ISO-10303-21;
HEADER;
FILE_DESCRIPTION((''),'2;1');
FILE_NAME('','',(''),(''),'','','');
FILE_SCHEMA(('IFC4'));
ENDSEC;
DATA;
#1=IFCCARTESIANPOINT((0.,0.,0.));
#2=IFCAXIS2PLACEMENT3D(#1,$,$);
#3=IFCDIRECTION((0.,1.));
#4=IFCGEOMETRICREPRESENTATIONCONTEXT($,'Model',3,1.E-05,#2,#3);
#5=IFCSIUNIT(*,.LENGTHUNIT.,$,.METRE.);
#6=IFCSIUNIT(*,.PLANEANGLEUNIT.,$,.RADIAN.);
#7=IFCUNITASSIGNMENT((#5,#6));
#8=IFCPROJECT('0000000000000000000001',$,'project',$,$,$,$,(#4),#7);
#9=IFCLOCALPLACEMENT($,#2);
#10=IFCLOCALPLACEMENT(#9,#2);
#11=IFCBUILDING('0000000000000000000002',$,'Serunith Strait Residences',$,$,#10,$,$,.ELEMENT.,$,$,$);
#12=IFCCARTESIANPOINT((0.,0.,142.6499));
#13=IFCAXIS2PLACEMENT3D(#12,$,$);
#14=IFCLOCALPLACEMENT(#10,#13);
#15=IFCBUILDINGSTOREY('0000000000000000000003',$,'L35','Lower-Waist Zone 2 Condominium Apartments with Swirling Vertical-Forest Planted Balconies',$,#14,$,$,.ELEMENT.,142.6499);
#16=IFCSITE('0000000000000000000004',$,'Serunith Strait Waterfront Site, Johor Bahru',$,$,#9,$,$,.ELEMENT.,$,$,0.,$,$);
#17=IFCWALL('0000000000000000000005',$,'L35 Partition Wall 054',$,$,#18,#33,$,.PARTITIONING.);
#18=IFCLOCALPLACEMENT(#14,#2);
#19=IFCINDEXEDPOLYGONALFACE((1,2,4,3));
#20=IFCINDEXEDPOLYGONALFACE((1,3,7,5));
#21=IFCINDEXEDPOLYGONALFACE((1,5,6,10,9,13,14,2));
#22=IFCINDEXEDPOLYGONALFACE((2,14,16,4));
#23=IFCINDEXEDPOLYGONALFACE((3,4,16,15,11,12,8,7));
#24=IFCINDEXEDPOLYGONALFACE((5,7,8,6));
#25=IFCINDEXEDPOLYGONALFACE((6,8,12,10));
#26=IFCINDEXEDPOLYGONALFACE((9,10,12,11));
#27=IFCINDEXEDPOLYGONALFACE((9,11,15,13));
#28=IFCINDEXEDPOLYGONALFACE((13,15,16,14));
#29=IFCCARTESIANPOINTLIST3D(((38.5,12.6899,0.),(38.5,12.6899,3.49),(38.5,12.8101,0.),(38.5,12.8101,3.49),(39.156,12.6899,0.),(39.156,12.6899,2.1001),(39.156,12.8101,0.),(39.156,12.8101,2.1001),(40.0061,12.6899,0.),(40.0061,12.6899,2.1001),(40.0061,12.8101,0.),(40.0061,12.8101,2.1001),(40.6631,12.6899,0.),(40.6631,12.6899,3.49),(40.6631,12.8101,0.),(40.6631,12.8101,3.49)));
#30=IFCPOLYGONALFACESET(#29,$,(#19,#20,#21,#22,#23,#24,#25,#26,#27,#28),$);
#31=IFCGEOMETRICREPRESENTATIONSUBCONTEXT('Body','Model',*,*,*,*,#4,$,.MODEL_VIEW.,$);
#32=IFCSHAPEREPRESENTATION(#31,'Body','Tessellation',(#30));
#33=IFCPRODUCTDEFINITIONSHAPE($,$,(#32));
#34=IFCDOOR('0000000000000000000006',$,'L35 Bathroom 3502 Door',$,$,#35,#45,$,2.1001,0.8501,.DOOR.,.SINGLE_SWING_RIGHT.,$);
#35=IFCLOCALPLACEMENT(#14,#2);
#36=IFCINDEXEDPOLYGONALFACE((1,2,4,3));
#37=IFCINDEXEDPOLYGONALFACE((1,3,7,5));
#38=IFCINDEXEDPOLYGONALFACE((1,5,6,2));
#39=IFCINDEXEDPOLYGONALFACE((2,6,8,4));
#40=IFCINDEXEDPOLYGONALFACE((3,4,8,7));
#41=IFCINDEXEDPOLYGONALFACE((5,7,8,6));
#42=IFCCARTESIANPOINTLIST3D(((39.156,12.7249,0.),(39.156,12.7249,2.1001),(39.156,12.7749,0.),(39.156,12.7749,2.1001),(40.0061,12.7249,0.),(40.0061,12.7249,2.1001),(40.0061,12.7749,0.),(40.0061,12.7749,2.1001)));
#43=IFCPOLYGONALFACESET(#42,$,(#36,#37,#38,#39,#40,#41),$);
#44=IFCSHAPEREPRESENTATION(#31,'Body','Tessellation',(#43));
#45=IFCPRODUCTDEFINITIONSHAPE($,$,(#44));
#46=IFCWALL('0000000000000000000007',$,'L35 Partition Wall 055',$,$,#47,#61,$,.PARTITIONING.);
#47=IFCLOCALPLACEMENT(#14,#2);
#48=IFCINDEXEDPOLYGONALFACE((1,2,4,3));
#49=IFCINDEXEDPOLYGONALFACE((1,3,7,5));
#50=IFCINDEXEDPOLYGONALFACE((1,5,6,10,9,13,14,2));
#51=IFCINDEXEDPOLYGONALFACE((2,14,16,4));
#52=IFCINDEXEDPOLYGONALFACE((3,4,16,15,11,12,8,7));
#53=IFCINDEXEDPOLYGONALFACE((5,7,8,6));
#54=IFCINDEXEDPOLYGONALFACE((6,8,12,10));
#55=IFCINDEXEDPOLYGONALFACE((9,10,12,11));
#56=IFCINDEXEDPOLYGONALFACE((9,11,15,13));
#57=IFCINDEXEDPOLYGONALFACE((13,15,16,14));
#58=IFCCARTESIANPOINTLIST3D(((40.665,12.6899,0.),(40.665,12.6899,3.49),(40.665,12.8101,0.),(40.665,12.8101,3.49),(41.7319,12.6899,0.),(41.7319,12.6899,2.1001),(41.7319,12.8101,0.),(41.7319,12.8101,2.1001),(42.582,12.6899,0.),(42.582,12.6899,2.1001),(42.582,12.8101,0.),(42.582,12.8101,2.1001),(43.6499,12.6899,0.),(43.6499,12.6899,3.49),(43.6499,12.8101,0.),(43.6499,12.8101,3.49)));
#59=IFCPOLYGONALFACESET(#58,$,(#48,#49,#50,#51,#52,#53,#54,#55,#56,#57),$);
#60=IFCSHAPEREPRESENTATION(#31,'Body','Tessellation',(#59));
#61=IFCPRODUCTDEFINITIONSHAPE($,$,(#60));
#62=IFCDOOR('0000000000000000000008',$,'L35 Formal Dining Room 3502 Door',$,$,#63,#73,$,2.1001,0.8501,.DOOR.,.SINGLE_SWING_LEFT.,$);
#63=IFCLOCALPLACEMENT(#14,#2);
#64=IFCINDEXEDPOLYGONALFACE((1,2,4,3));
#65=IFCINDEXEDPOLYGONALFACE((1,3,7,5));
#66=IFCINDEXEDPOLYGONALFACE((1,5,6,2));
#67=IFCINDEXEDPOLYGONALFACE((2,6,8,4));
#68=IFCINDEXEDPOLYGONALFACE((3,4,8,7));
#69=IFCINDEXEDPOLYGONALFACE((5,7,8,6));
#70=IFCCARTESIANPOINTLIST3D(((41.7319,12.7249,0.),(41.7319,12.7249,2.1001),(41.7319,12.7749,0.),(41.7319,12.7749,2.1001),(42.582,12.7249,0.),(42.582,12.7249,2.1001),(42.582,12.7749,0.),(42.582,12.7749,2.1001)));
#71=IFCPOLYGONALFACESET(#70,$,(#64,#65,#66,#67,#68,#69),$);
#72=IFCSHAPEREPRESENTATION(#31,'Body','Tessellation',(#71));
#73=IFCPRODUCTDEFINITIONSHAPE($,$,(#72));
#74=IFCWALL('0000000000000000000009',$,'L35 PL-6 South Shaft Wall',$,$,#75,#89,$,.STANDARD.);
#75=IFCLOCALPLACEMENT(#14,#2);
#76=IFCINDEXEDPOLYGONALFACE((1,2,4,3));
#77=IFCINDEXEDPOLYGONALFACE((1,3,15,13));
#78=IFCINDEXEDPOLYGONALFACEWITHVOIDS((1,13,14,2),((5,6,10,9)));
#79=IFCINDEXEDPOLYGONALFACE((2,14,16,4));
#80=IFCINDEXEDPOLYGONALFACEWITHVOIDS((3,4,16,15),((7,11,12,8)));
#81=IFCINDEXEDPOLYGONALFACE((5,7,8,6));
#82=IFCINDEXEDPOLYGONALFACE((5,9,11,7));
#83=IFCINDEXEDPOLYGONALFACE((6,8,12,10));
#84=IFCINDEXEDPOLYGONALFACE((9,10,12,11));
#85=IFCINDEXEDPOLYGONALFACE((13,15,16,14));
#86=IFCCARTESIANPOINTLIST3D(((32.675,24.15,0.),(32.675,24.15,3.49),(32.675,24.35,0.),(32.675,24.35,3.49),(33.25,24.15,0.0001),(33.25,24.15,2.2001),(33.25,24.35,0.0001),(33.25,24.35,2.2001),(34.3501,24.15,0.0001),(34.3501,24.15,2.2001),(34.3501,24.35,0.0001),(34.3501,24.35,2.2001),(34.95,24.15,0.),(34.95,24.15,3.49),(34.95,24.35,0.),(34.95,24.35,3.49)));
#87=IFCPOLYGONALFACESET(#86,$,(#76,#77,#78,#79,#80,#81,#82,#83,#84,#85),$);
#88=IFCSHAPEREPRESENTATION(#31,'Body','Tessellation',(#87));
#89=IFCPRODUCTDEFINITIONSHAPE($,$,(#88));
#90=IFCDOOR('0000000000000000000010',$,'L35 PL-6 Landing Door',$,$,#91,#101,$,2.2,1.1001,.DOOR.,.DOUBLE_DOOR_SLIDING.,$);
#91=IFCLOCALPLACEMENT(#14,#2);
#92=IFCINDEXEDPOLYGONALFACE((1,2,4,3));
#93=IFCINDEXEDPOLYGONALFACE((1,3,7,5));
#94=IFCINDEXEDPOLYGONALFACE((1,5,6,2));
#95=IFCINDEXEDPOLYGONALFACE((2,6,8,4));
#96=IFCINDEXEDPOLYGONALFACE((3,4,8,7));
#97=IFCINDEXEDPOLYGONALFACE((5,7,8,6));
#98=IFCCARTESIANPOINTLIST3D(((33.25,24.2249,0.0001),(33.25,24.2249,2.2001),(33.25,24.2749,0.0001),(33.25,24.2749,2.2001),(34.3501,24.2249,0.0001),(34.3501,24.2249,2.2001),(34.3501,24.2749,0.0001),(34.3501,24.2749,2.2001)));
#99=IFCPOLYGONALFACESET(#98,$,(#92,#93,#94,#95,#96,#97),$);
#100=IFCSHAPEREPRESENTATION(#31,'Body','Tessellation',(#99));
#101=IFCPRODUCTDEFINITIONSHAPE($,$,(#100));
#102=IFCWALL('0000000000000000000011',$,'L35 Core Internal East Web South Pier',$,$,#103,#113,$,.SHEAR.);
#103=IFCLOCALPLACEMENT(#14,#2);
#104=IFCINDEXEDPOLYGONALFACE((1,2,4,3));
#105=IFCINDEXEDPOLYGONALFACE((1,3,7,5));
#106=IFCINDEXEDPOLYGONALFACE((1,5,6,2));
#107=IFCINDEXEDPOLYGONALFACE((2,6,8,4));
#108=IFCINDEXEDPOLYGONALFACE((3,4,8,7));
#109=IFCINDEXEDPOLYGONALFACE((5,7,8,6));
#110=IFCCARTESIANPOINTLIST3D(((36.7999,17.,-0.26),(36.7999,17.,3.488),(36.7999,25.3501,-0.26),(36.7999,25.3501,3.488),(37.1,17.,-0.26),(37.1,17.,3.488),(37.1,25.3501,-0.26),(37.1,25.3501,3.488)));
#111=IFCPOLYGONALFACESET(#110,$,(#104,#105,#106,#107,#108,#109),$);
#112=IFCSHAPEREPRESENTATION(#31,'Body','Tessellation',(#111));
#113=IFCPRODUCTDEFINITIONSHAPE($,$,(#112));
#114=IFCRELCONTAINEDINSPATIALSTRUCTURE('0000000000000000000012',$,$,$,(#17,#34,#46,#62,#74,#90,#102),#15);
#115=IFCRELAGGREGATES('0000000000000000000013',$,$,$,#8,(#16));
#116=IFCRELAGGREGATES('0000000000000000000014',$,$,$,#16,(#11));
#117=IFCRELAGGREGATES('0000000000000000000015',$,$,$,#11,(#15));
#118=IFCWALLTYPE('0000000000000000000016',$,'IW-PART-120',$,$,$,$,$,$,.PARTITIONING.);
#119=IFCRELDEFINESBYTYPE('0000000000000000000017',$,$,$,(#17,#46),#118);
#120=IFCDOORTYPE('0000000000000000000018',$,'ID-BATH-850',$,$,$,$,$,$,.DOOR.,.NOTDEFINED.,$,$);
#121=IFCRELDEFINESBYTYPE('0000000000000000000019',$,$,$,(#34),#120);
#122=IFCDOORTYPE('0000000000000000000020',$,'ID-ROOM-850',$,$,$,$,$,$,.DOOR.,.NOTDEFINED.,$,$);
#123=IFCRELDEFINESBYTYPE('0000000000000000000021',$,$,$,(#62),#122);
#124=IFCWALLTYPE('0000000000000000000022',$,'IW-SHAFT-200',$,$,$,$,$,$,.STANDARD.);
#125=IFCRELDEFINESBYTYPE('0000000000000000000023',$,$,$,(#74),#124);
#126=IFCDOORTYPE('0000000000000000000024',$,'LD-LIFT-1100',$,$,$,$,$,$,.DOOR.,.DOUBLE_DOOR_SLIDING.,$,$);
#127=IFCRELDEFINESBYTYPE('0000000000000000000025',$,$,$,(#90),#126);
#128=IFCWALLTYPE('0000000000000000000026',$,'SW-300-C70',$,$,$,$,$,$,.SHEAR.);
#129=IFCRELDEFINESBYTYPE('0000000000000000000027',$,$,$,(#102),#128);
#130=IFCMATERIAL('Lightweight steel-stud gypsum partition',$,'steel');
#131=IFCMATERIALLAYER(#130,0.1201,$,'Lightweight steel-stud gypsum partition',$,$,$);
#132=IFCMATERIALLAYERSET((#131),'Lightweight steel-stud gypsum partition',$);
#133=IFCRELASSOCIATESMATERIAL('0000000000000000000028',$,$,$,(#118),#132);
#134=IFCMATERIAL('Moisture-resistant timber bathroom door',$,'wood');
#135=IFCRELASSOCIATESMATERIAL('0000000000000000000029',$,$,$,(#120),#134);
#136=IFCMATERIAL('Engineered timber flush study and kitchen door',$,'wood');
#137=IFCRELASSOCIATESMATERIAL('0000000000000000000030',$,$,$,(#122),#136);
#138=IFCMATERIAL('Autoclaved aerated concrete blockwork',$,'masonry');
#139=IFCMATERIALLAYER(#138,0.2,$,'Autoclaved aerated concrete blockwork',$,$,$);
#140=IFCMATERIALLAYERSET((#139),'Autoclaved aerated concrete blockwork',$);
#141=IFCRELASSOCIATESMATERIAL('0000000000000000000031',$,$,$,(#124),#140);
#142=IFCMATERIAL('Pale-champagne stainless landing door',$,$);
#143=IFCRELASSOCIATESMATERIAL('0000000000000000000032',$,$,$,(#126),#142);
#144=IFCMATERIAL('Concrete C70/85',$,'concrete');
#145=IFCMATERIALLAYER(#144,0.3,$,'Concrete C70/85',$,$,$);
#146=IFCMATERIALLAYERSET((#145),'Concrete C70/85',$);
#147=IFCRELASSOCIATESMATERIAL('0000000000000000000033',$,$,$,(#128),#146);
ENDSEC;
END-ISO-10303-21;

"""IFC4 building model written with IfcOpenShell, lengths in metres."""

from ifc_helpers import new_model, si_unit, direction, frame, frame_2d, origin, place, context, subcontext, project, spatial, rectangle, extrude, source, transform, mapped, material, layer, layer_set, type_object, element, fill, save


model = new_model("IFC4")

# Units and contexts
model_context = context("Model", 3, precision=1e-05, world=origin(), true_north=direction((0.0, 1.0)))
body_context = subcontext(model_context, "Body", "Model", "MODEL_VIEW")
ifc_project = project(units=[si_unit("LENGTHUNIT", "METRE"), si_unit("PLANEANGLEUNIT", "RADIAN")], contexts=[model_context])

# Site, building, storey
site_placement = place(None, origin())
site = spatial("IfcSite", under=ifc_project, at=site_placement, Name="Serunith Strait Waterfront Site, Johor Bahru", CompositionType="ELEMENT", RefElevation=0.0)
building_placement = place(site_placement, origin())
building = spatial("IfcBuilding", under=site, at=building_placement, Name="Serunith Strait Residences", CompositionType="ELEMENT")
storey_placement = place(building_placement, frame((0.0, 0.0, 142.6499)))
storey = spatial("IfcBuildingStorey", under=building, at=storey_placement, Name="L35", Description="Lower-Waist Zone 2 Condominium Apartments with Swirling Vertical-Forest Planted Balconies", CompositionType="ELEMENT", Elevation=142.6499)

# Walls, openings, doors
ifc_material_1 = material(Name="Lightweight steel-stud gypsum partition", Category="steel")
ifc_layer_1 = layer(ifc_material_1, 0.1201, Name="Lightweight steel-stud gypsum partition")
ifc_layer_set_1 = layer_set([ifc_layer_1], Name="Lightweight steel-stud gypsum partition")
wall_type_1 = type_object("IfcWallType", Name="IW-PART-120", PredefinedType="PARTITIONING", material=ifc_layer_set_1)
wall_1_placement = place(storey_placement, frame((38.5, 12.75, 0.0), z_axis=(0.0, 0.0, 1.0), x_axis=(1.0, 0.0, 0.0)))
wall_1 = element("IfcWall", 1, at=wall_1_placement, inside=storey, type_object=wall_type_1, Name="L35 Partition Wall 054", PredefinedType="PARTITIONING", context=body_context, shape_type="SweptSolid", body=[
    extrude(rectangle(XDim=2.1631, YDim=0.1201, at=frame_2d((1.0815, 0.0))), origin(), (0.0, 0.0, 1.0), 3.49),
])
opening_1_placement = place(wall_1_placement, frame((0.656, 0.0, 0.0)))
opening_1 = element("IfcOpeningElement", 2, at=opening_1_placement, cuts=wall_1, PredefinedType="OPENING", context=body_context, shape_type="SweptSolid", body=[
    extrude(rectangle(XDim=0.8501, YDim=2.1001, at=frame_2d((0.425, 1.05))), frame((0.0, 0.0701, 0.0), z_axis=(0.0, -1.0, 0.0), x_axis=(1.0, 0.0, 0.0)), (0.0, 0.0, 1.0), 0.1401),
])
ifc_material_2 = material(Name="Moisture-resistant timber bathroom door", Category="wood")
door_type_1 = type_object("IfcDoorType", Name="ID-BATH-850", OperationType="NOTDEFINED", PredefinedType="DOOR", material=ifc_material_2)
shared_shape_1 = source(origin(), body_context, "Body", "SweptSolid", [
    extrude(rectangle(XDim=0.8501, YDim=2.1001, at=frame_2d((0.425, 1.05))), frame((0.0, 0.0249, 0.0), z_axis=(0.0, -1.0, 0.0), x_axis=(1.0, 0.0, 0.0)), (0.0, 0.0, 1.0), 0.05),
])
door_1_placement = place(opening_1_placement, origin())
door_1 = element("IfcDoor", 3, at=door_1_placement, inside=storey, type_object=door_type_1, Name="L35 Bathroom 3502 Door", OperationType="SINGLE_SWING_RIGHT", OverallHeight=2.1001, OverallWidth=0.8501, PredefinedType="DOOR", context=body_context, shape_type="MappedRepresentation", body=[
    mapped(shared_shape_1, transform((0.0, 0.0, 0.0), scale=1.0)),
])
fill(opening_1, door_1)
wall_2_placement = place(storey_placement, frame((40.665, 12.75, 0.0), z_axis=(0.0, 0.0, 1.0), x_axis=(1.0, 0.0, 0.0)))
wall_2 = element("IfcWall", 4, at=wall_2_placement, inside=storey, type_object=wall_type_1, Name="L35 Partition Wall 055", PredefinedType="PARTITIONING", context=body_context, shape_type="SweptSolid", body=[
    extrude(rectangle(XDim=2.9849, YDim=0.1201, at=frame_2d((1.4924, 0.0))), origin(), (0.0, 0.0, 1.0), 3.49),
])
opening_2_placement = place(wall_2_placement, frame((1.0669, 0.0, 0.0)))
opening_2 = element("IfcOpeningElement", 5, at=opening_2_placement, cuts=wall_2, PredefinedType="OPENING", context=body_context, shape_type="SweptSolid", body=[
    extrude(rectangle(XDim=0.8501, YDim=2.1001, at=frame_2d((0.425, 1.05))), frame((0.0, 0.0701, 0.0), z_axis=(0.0, -1.0, 0.0), x_axis=(1.0, 0.0, 0.0)), (0.0, 0.0, 1.0), 0.1401),
])
ifc_material_3 = material(Name="Engineered timber flush study and kitchen door", Category="wood")
door_type_2 = type_object("IfcDoorType", Name="ID-ROOM-850", OperationType="NOTDEFINED", PredefinedType="DOOR", material=ifc_material_3)
door_2_placement = place(opening_2_placement, origin())
door_2 = element("IfcDoor", 6, at=door_2_placement, inside=storey, type_object=door_type_2, Name="L35 Formal Dining Room 3502 Door", OperationType="SINGLE_SWING_LEFT", OverallHeight=2.1001, OverallWidth=0.8501, PredefinedType="DOOR", context=body_context, shape_type="MappedRepresentation", body=[
    mapped(shared_shape_1, transform((0.0, 0.0, 0.0), scale=1.0)),
])
fill(opening_2, door_2)
ifc_material_4 = material(Name="Autoclaved aerated concrete blockwork", Category="masonry")
ifc_layer_2 = layer(ifc_material_4, 0.2, Name="Autoclaved aerated concrete blockwork")
ifc_layer_set_2 = layer_set([ifc_layer_2], Name="Autoclaved aerated concrete blockwork")
wall_type_2 = type_object("IfcWallType", Name="IW-SHAFT-200", PredefinedType="STANDARD", material=ifc_layer_set_2)
wall_3_placement = place(storey_placement, frame((32.675, 24.25, 0.0), z_axis=(0.0, 0.0, 1.0), x_axis=(1.0, 0.0, 0.0)))
wall_3 = element("IfcWall", 7, at=wall_3_placement, inside=storey, type_object=wall_type_2, Name="L35 PL-6 South Shaft Wall", PredefinedType="STANDARD", context=body_context, shape_type="SweptSolid", body=[
    extrude(rectangle(XDim=2.2749, YDim=0.2, at=frame_2d((1.1375, 0.0))), origin(), (0.0, 0.0, 1.0), 3.49),
])
opening_3_placement = place(wall_3_placement, frame((0.575, 0.0, 0.0)))
opening_3 = element("IfcOpeningElement", 8, at=opening_3_placement, cuts=wall_3, PredefinedType="OPENING", context=body_context, shape_type="SweptSolid", body=[
    extrude(rectangle(XDim=1.1001, YDim=2.2, at=frame_2d((0.55, 1.1001))), frame((0.0, 0.1099, 0.0), z_axis=(0.0, -1.0, 0.0), x_axis=(1.0, 0.0, 0.0)), (0.0, 0.0, 1.0), 0.22),
])
ifc_material_5 = material(Name="Pale-champagne stainless landing door")
door_type_3 = type_object("IfcDoorType", Name="LD-LIFT-1100", OperationType="DOUBLE_DOOR_SLIDING", PredefinedType="DOOR", material=ifc_material_5)
shared_shape_2 = source(origin(), body_context, "Body", "SweptSolid", [
    extrude(rectangle(XDim=1.1001, YDim=2.2, at=frame_2d((0.55, 1.1001))), frame((0.0, 0.0249, 0.0), z_axis=(0.0, -1.0, 0.0), x_axis=(1.0, 0.0, 0.0)), (0.0, 0.0, 1.0), 0.05),
])
door_3_placement = place(opening_3_placement, origin())
door_3 = element("IfcDoor", 9, at=door_3_placement, inside=storey, type_object=door_type_3, Name="L35 PL-6 Landing Door", OperationType="DOUBLE_DOOR_SLIDING", OverallHeight=2.2, OverallWidth=1.1001, PredefinedType="DOOR", context=body_context, shape_type="MappedRepresentation", body=[
    mapped(shared_shape_2, transform((0.0, 0.0, 0.0), scale=1.0)),
])
fill(opening_3, door_3)

# Wall
ifc_material_6 = material(Name="Concrete C70/85", Category="concrete")
ifc_layer_3 = layer(ifc_material_6, 0.3, Name="Concrete C70/85")
ifc_layer_set_3 = layer_set([ifc_layer_3], Name="Concrete C70/85")
wall_type_3 = type_object("IfcWallType", Name="SW-300-C70", PredefinedType="SHEAR", material=ifc_layer_set_3)
wall_4_placement = place(storey_placement, frame((36.95, 17.0, -0.26), z_axis=(0.0, 0.0, 1.0), x_axis=(0.0, 1.0, 0.0)))
element("IfcWall", 10, at=wall_4_placement, inside=storey, type_object=wall_type_3, Name="L35 Core Internal East Web South Pier", PredefinedType="SHEAR", context=body_context, shape_type="SweptSolid", body=[
    extrude(rectangle(XDim=8.3501, YDim=0.3, at=frame_2d((4.175, 0.0))), origin(), (0.0, 0.0, 1.0), 3.748),
])

save(model, "model.ifc")
